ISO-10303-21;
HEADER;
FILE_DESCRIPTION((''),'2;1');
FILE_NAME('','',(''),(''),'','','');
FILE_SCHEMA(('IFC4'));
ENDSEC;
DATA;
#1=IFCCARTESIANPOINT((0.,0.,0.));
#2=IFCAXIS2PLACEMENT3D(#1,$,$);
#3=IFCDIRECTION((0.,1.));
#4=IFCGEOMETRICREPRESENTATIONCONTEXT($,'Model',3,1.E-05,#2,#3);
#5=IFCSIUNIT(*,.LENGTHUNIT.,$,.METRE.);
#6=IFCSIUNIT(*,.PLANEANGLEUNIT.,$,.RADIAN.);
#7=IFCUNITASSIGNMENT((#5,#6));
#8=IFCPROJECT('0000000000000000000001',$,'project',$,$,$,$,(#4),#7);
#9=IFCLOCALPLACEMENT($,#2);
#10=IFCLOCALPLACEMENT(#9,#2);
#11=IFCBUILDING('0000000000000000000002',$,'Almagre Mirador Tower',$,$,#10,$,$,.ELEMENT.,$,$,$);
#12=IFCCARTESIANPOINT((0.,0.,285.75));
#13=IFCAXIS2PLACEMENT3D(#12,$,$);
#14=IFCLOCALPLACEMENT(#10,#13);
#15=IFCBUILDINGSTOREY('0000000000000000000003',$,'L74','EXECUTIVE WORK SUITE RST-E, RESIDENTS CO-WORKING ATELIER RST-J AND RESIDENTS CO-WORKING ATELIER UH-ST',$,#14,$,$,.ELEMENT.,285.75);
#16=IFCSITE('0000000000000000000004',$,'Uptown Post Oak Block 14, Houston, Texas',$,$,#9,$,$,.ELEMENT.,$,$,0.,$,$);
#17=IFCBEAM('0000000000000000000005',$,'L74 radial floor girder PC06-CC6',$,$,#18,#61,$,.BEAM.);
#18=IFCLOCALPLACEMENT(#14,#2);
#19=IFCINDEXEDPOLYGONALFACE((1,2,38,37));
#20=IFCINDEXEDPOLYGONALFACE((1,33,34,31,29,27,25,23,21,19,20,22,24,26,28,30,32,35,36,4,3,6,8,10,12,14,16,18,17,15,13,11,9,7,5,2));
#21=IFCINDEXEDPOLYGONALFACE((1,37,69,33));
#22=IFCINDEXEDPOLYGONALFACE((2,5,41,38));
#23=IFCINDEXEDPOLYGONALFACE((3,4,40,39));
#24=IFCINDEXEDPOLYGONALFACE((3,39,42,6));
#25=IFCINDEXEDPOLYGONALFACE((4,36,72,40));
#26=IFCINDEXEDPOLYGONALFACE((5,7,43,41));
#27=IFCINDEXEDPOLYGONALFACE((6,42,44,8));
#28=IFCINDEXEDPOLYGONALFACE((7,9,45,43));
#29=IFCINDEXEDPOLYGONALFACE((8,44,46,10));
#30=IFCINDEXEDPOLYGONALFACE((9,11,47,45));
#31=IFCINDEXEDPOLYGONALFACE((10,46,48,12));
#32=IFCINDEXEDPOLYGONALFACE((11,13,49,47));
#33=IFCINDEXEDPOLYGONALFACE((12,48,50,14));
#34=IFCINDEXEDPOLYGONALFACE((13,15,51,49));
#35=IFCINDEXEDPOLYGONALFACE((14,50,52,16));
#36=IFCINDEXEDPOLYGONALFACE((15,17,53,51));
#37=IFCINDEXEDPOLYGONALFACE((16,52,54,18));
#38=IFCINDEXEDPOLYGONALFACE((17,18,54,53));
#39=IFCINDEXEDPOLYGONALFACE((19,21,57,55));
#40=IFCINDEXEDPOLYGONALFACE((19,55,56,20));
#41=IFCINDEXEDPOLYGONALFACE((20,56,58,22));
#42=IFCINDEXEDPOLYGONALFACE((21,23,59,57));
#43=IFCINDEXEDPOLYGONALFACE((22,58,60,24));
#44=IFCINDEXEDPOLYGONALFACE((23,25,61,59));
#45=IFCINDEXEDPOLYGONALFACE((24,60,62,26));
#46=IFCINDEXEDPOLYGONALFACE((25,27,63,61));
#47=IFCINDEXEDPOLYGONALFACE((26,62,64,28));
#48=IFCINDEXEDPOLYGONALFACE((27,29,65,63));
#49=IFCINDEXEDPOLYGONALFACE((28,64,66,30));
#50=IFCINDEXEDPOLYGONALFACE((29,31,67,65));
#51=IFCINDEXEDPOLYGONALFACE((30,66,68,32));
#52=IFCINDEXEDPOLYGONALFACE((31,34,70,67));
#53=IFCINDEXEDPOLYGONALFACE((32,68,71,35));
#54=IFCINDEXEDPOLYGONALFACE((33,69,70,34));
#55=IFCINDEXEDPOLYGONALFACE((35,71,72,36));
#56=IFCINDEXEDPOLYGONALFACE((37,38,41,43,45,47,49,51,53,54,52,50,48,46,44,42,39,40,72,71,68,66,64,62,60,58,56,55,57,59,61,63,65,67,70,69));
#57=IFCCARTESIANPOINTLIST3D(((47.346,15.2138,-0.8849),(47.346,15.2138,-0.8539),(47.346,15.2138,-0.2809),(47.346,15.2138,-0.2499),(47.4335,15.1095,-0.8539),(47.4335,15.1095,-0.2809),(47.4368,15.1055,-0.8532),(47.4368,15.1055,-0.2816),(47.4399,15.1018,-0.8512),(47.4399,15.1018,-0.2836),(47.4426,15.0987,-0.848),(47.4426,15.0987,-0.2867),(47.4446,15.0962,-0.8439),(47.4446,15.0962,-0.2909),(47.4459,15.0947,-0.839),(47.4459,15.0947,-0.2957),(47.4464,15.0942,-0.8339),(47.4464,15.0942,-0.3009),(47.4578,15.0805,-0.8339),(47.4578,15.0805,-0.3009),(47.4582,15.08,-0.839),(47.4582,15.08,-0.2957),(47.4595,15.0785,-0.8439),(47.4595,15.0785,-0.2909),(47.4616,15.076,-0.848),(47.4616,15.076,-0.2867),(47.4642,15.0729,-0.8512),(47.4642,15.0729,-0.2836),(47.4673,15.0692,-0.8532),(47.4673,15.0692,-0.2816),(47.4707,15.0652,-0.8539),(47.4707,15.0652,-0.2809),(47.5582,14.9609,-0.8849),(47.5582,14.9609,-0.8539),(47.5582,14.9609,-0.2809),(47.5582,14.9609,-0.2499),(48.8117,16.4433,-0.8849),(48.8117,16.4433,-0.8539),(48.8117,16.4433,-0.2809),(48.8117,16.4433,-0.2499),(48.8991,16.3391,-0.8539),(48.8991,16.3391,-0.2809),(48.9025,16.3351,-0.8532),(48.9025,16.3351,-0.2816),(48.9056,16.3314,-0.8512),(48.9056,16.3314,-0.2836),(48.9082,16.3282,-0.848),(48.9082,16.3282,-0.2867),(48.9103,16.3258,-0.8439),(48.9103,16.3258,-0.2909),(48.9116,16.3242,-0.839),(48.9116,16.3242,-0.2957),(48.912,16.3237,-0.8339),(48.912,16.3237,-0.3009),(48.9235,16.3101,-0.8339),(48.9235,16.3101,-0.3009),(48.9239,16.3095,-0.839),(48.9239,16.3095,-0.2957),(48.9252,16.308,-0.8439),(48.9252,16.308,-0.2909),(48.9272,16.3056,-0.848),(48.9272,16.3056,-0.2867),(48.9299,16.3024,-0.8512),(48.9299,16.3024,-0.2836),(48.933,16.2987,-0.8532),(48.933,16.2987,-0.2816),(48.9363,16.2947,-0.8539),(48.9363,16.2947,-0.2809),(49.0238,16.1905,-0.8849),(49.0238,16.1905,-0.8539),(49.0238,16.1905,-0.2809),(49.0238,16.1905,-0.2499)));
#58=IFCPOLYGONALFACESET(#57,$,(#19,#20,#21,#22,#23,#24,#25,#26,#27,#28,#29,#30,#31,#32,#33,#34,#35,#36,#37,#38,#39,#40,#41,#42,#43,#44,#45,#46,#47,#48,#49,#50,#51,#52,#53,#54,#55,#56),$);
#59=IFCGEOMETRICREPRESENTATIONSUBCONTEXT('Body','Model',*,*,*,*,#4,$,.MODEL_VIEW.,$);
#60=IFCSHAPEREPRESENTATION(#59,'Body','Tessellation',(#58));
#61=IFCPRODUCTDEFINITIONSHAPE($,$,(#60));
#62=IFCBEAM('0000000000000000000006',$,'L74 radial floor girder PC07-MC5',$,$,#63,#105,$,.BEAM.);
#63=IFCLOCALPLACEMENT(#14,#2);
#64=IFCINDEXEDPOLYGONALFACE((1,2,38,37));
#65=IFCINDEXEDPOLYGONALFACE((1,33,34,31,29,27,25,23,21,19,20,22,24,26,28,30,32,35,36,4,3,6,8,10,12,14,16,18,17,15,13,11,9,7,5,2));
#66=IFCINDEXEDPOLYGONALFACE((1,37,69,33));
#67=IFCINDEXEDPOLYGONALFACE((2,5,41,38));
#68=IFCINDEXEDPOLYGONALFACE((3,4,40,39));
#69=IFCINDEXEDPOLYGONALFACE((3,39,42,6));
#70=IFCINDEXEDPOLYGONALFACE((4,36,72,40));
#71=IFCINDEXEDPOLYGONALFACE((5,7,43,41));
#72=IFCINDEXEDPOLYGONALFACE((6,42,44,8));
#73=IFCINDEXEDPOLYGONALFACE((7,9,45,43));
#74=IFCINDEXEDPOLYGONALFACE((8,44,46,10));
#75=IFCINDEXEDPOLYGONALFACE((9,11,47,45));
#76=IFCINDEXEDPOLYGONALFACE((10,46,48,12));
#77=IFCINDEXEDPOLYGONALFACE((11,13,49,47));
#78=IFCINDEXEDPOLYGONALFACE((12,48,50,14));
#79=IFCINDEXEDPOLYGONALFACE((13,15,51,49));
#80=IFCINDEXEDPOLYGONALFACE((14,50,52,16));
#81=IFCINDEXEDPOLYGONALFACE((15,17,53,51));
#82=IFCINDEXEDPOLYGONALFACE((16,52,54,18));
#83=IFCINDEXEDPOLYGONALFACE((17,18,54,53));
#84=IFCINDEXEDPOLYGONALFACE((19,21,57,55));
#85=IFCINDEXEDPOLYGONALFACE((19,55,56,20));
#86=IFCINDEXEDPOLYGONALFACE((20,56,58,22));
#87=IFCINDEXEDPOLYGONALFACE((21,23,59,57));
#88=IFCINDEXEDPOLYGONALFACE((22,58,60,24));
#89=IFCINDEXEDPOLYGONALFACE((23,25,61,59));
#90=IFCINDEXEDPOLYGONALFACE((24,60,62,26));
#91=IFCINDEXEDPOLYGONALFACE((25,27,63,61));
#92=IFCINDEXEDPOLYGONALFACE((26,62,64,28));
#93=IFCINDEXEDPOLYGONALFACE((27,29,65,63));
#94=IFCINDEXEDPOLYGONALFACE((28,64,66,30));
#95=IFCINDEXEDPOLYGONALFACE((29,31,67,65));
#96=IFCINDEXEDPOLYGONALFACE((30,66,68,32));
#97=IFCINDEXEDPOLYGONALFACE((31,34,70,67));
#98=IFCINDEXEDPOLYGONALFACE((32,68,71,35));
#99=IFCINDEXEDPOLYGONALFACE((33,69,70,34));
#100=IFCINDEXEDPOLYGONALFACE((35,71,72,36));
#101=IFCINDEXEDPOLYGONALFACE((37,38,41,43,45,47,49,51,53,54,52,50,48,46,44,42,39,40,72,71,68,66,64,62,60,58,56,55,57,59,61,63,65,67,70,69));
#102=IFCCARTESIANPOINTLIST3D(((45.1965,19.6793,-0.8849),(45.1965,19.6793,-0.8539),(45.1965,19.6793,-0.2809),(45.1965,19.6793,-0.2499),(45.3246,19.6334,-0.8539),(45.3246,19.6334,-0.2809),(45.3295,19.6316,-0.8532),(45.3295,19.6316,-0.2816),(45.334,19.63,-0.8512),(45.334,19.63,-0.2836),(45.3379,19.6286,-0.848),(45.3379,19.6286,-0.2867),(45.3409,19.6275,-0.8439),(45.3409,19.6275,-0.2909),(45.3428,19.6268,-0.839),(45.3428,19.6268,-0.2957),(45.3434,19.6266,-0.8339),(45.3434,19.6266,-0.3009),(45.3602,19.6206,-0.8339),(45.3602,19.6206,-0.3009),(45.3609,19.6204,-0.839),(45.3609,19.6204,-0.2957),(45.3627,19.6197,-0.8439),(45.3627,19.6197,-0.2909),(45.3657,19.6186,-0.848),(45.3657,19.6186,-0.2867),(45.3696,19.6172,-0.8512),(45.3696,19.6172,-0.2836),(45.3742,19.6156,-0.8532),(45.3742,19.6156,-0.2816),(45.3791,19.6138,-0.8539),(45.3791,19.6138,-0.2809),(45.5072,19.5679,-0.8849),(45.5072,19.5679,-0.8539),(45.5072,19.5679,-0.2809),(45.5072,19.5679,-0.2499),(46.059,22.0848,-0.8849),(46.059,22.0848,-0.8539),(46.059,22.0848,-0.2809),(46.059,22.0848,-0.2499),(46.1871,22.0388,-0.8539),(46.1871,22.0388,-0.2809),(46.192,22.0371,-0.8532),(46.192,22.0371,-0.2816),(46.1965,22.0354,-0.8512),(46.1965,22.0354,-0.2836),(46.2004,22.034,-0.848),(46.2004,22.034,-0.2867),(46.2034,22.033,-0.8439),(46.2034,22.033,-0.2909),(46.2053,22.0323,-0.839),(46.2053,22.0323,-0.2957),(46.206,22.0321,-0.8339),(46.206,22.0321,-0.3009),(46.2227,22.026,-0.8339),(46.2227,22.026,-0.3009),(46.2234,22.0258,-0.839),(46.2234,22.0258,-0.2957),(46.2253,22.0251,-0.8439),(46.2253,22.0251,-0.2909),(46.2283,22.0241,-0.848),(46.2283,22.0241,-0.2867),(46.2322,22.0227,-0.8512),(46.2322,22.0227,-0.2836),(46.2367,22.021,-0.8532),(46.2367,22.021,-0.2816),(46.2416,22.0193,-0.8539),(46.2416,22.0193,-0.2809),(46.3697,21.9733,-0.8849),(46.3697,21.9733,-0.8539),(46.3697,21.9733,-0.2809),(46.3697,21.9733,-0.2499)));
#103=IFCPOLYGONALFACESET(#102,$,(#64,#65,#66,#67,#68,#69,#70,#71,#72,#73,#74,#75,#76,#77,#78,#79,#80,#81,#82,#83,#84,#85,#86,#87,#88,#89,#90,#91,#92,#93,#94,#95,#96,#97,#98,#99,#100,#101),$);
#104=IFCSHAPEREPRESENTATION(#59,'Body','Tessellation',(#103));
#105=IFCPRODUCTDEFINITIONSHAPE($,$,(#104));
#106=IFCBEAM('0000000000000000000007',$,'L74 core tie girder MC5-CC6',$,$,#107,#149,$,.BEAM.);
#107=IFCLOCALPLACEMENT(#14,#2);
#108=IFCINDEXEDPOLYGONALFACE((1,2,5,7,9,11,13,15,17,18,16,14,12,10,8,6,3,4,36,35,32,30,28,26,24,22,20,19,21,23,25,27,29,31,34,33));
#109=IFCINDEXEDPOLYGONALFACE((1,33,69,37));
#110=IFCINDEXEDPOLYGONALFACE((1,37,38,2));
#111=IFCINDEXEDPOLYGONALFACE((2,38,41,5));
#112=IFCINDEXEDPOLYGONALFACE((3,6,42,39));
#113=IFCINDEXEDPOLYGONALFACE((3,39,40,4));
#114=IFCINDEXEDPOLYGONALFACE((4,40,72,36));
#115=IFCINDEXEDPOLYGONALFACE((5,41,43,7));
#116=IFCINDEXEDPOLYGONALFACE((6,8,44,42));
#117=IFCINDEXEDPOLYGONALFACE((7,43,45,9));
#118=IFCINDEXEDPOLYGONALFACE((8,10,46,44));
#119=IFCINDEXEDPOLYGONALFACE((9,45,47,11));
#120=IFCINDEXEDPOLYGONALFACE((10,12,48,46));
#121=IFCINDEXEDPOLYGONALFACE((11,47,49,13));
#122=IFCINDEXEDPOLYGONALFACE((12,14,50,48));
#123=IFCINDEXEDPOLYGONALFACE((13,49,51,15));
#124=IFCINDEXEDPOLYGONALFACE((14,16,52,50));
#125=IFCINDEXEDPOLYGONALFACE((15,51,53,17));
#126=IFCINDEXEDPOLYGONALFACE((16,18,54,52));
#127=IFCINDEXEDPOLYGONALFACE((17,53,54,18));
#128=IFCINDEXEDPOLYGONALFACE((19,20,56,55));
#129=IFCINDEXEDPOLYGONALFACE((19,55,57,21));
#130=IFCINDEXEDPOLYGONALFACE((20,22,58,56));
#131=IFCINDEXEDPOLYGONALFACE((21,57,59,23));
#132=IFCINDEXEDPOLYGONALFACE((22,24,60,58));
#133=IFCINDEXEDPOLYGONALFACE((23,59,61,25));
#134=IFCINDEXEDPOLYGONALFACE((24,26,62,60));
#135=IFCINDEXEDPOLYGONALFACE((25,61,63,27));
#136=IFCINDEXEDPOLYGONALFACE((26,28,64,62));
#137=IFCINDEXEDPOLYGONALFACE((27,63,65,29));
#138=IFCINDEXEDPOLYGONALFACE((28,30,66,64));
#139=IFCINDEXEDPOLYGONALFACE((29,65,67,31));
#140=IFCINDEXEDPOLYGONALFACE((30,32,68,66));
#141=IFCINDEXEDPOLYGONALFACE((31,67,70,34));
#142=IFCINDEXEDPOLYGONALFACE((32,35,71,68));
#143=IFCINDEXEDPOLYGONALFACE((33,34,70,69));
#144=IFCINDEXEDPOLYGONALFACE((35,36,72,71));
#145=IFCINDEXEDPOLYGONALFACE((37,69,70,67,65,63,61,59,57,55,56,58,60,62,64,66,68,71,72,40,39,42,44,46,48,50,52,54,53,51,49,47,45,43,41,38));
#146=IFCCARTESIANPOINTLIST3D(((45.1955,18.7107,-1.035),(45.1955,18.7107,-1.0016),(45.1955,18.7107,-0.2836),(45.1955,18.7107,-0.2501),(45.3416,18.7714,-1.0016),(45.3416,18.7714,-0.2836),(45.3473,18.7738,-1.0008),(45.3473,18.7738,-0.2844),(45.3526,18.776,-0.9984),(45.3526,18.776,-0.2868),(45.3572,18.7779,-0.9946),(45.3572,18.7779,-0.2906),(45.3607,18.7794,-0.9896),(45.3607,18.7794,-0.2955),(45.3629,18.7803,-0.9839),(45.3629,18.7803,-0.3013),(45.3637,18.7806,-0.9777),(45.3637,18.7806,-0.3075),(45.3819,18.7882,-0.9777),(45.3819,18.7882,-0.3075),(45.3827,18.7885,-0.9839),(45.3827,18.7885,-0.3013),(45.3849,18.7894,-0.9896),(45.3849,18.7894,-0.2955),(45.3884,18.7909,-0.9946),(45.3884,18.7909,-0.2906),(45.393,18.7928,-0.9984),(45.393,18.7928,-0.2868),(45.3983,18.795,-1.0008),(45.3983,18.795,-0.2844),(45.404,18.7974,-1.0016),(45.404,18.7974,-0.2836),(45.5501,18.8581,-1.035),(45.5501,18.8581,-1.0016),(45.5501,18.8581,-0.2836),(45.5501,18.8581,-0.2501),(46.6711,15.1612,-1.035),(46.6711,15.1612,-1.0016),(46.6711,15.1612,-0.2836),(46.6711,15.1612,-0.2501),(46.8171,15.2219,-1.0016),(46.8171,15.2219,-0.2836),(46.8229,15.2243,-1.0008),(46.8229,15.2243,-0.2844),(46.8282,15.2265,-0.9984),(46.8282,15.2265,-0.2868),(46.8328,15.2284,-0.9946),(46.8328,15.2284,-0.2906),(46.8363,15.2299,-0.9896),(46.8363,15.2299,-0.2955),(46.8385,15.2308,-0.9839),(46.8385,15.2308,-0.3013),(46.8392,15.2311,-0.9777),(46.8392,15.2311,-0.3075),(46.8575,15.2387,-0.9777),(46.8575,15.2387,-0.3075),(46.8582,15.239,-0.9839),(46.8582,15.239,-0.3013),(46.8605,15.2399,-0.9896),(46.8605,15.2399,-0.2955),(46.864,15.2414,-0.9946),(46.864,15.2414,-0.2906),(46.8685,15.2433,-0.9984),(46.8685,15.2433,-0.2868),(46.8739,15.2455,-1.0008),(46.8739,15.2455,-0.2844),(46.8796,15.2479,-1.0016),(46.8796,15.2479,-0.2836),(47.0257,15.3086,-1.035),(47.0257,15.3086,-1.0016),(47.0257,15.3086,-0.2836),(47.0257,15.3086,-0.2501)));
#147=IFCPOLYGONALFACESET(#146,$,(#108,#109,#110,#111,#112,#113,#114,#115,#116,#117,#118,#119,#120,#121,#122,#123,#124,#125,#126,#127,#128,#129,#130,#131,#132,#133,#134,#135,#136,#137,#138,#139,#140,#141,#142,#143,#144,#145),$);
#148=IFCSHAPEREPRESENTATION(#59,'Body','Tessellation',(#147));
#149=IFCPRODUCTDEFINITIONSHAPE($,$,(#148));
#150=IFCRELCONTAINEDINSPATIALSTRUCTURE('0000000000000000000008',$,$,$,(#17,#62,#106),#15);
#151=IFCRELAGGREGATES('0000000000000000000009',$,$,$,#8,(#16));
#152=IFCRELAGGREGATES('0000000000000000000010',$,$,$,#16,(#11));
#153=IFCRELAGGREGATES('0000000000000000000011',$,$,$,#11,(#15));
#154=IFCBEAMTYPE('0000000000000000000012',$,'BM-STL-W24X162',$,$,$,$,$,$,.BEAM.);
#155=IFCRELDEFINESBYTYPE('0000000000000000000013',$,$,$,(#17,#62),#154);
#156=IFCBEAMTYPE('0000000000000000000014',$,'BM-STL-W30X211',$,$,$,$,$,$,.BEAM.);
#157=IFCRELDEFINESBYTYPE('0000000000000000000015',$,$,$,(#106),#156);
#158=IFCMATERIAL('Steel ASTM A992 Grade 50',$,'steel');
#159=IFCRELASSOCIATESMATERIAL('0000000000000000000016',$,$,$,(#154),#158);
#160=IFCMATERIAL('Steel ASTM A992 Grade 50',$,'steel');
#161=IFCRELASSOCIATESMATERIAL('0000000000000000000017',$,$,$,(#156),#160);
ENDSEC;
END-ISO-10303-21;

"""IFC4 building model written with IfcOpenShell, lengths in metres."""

from ifc_helpers import new_model, si_unit, direction, frame, origin, origin_2d, place, context, subcontext, project, spatial, i_section, extrude, material, material_profile, profile_set, type_object, element, save


model = new_model("IFC4")

# Units and contexts
model_context = context("Model", 3, precision=1e-05, world=origin(), true_north=direction((0.0, 1.0)))
body_context = subcontext(model_context, "Body", "Model", "MODEL_VIEW")
ifc_project = project(units=[si_unit("LENGTHUNIT", "METRE"), si_unit("PLANEANGLEUNIT", "RADIAN")], contexts=[model_context])

# Site, building, storey
site_placement = place(None, origin())
site = spatial("IfcSite", under=ifc_project, at=site_placement, Name="Uptown Post Oak Block 14, Houston, Texas", CompositionType="ELEMENT", RefElevation=0.0)
building_placement = place(site_placement, origin())
building = spatial("IfcBuilding", under=site, at=building_placement, Name="Almagre Mirador Tower", CompositionType="ELEMENT")
storey_placement = place(building_placement, frame((0.0, 0.0, 285.75)))
storey = spatial("IfcBuildingStorey", under=building, at=storey_placement, Name="L74", Description="EXECUTIVE WORK SUITE RST-E, RESIDENTS CO-WORKING ATELIER RST-J AND RESIDENTS CO-WORKING ATELIER UH-ST", CompositionType="ELEMENT", Elevation=285.75)

# Beams
ifc_material_1 = material(Name="Steel ASTM A992 Grade 50", Category="steel")
ifc_material_profile_1 = material_profile(ifc_material_1, i_section(OverallWidth=0.3301, OverallDepth=0.635, WebThickness=0.0178, FlangeThickness=0.031, FilletRadius=0.02, at=origin_2d()), Name="W24X162")
ifc_profile_set_1 = profile_set([ifc_material_profile_1], Name="Steel ASTM A992 Grade 50")
beam_type_1 = type_object("IfcBeamType", Name="BM-STL-W24X162", PredefinedType="BEAM", material=ifc_profile_set_1)
beam_1_placement = place(storey_placement, frame((48.9177, 16.3169, -0.5674), z_axis=(-0.766115, -0.642704, 0.0), x_axis=(0.642704, -0.766115, 0.0)))
element("IfcBeam", 1, at=beam_1_placement, inside=storey, type_object=beam_type_1, Name="L74 radial floor girder PC06-CC6", PredefinedType="BEAM", context=body_context, shape_type="SweptSolid", body=[
    extrude(i_section(OverallWidth=0.3301, OverallDepth=0.635, WebThickness=0.0178, FlangeThickness=0.031, FilletRadius=0.02, at=origin_2d()), origin(), (0.0, 0.0, 1.0), 1.9131),
])
beam_2_placement = place(storey_placement, frame((46.2144, 22.0291, -0.5674), z_axis=(-0.337528, -0.941315, 0.0), x_axis=(0.941315, -0.337528, 0.0)))
element("IfcBeam", 2, at=beam_2_placement, inside=storey, type_object=beam_type_1, Name="L74 radial floor girder PC07-MC5", PredefinedType="BEAM", context=body_context, shape_type="SweptSolid", body=[
    extrude(i_section(OverallWidth=0.3301, OverallDepth=0.635, WebThickness=0.0178, FlangeThickness=0.031, FilletRadius=0.02, at=origin_2d()), origin(), (0.0, 0.0, 1.0), 2.5554),
])
ifc_material_2 = material(Name="Steel ASTM A992 Grade 50", Category="steel")
ifc_material_profile_2 = material_profile(ifc_material_2, i_section(OverallWidth=0.384, OverallDepth=0.7849, WebThickness=0.0198, FlangeThickness=0.0334, FilletRadius=0.0239, at=origin_2d()), Name="W30X211")
ifc_profile_set_2 = profile_set([ifc_material_profile_2], Name="Steel ASTM A992 Grade 50")
beam_type_2 = type_object("IfcBeamType", Name="BM-STL-W30X211", PredefinedType="BEAM", material=ifc_profile_set_2)
beam_3_placement = place(storey_placement, frame((45.3728, 18.7844, -0.6426), z_axis=(0.383862, -0.92339, 0.0), x_axis=(0.92339, 0.383862, 0.0)))
element("IfcBeam", 3, at=beam_3_placement, inside=storey, type_object=beam_type_2, Name="L74 core tie girder MC5-CC6", PredefinedType="BEAM", context=body_context, shape_type="SweptSolid", body=[
    extrude(i_section(OverallWidth=0.384, OverallDepth=0.7849, WebThickness=0.0198, FlangeThickness=0.0334, FilletRadius=0.0239, at=origin_2d()), origin(), (0.0, 0.0, 1.0), 3.844),
])

save(model, "model.ifc")
